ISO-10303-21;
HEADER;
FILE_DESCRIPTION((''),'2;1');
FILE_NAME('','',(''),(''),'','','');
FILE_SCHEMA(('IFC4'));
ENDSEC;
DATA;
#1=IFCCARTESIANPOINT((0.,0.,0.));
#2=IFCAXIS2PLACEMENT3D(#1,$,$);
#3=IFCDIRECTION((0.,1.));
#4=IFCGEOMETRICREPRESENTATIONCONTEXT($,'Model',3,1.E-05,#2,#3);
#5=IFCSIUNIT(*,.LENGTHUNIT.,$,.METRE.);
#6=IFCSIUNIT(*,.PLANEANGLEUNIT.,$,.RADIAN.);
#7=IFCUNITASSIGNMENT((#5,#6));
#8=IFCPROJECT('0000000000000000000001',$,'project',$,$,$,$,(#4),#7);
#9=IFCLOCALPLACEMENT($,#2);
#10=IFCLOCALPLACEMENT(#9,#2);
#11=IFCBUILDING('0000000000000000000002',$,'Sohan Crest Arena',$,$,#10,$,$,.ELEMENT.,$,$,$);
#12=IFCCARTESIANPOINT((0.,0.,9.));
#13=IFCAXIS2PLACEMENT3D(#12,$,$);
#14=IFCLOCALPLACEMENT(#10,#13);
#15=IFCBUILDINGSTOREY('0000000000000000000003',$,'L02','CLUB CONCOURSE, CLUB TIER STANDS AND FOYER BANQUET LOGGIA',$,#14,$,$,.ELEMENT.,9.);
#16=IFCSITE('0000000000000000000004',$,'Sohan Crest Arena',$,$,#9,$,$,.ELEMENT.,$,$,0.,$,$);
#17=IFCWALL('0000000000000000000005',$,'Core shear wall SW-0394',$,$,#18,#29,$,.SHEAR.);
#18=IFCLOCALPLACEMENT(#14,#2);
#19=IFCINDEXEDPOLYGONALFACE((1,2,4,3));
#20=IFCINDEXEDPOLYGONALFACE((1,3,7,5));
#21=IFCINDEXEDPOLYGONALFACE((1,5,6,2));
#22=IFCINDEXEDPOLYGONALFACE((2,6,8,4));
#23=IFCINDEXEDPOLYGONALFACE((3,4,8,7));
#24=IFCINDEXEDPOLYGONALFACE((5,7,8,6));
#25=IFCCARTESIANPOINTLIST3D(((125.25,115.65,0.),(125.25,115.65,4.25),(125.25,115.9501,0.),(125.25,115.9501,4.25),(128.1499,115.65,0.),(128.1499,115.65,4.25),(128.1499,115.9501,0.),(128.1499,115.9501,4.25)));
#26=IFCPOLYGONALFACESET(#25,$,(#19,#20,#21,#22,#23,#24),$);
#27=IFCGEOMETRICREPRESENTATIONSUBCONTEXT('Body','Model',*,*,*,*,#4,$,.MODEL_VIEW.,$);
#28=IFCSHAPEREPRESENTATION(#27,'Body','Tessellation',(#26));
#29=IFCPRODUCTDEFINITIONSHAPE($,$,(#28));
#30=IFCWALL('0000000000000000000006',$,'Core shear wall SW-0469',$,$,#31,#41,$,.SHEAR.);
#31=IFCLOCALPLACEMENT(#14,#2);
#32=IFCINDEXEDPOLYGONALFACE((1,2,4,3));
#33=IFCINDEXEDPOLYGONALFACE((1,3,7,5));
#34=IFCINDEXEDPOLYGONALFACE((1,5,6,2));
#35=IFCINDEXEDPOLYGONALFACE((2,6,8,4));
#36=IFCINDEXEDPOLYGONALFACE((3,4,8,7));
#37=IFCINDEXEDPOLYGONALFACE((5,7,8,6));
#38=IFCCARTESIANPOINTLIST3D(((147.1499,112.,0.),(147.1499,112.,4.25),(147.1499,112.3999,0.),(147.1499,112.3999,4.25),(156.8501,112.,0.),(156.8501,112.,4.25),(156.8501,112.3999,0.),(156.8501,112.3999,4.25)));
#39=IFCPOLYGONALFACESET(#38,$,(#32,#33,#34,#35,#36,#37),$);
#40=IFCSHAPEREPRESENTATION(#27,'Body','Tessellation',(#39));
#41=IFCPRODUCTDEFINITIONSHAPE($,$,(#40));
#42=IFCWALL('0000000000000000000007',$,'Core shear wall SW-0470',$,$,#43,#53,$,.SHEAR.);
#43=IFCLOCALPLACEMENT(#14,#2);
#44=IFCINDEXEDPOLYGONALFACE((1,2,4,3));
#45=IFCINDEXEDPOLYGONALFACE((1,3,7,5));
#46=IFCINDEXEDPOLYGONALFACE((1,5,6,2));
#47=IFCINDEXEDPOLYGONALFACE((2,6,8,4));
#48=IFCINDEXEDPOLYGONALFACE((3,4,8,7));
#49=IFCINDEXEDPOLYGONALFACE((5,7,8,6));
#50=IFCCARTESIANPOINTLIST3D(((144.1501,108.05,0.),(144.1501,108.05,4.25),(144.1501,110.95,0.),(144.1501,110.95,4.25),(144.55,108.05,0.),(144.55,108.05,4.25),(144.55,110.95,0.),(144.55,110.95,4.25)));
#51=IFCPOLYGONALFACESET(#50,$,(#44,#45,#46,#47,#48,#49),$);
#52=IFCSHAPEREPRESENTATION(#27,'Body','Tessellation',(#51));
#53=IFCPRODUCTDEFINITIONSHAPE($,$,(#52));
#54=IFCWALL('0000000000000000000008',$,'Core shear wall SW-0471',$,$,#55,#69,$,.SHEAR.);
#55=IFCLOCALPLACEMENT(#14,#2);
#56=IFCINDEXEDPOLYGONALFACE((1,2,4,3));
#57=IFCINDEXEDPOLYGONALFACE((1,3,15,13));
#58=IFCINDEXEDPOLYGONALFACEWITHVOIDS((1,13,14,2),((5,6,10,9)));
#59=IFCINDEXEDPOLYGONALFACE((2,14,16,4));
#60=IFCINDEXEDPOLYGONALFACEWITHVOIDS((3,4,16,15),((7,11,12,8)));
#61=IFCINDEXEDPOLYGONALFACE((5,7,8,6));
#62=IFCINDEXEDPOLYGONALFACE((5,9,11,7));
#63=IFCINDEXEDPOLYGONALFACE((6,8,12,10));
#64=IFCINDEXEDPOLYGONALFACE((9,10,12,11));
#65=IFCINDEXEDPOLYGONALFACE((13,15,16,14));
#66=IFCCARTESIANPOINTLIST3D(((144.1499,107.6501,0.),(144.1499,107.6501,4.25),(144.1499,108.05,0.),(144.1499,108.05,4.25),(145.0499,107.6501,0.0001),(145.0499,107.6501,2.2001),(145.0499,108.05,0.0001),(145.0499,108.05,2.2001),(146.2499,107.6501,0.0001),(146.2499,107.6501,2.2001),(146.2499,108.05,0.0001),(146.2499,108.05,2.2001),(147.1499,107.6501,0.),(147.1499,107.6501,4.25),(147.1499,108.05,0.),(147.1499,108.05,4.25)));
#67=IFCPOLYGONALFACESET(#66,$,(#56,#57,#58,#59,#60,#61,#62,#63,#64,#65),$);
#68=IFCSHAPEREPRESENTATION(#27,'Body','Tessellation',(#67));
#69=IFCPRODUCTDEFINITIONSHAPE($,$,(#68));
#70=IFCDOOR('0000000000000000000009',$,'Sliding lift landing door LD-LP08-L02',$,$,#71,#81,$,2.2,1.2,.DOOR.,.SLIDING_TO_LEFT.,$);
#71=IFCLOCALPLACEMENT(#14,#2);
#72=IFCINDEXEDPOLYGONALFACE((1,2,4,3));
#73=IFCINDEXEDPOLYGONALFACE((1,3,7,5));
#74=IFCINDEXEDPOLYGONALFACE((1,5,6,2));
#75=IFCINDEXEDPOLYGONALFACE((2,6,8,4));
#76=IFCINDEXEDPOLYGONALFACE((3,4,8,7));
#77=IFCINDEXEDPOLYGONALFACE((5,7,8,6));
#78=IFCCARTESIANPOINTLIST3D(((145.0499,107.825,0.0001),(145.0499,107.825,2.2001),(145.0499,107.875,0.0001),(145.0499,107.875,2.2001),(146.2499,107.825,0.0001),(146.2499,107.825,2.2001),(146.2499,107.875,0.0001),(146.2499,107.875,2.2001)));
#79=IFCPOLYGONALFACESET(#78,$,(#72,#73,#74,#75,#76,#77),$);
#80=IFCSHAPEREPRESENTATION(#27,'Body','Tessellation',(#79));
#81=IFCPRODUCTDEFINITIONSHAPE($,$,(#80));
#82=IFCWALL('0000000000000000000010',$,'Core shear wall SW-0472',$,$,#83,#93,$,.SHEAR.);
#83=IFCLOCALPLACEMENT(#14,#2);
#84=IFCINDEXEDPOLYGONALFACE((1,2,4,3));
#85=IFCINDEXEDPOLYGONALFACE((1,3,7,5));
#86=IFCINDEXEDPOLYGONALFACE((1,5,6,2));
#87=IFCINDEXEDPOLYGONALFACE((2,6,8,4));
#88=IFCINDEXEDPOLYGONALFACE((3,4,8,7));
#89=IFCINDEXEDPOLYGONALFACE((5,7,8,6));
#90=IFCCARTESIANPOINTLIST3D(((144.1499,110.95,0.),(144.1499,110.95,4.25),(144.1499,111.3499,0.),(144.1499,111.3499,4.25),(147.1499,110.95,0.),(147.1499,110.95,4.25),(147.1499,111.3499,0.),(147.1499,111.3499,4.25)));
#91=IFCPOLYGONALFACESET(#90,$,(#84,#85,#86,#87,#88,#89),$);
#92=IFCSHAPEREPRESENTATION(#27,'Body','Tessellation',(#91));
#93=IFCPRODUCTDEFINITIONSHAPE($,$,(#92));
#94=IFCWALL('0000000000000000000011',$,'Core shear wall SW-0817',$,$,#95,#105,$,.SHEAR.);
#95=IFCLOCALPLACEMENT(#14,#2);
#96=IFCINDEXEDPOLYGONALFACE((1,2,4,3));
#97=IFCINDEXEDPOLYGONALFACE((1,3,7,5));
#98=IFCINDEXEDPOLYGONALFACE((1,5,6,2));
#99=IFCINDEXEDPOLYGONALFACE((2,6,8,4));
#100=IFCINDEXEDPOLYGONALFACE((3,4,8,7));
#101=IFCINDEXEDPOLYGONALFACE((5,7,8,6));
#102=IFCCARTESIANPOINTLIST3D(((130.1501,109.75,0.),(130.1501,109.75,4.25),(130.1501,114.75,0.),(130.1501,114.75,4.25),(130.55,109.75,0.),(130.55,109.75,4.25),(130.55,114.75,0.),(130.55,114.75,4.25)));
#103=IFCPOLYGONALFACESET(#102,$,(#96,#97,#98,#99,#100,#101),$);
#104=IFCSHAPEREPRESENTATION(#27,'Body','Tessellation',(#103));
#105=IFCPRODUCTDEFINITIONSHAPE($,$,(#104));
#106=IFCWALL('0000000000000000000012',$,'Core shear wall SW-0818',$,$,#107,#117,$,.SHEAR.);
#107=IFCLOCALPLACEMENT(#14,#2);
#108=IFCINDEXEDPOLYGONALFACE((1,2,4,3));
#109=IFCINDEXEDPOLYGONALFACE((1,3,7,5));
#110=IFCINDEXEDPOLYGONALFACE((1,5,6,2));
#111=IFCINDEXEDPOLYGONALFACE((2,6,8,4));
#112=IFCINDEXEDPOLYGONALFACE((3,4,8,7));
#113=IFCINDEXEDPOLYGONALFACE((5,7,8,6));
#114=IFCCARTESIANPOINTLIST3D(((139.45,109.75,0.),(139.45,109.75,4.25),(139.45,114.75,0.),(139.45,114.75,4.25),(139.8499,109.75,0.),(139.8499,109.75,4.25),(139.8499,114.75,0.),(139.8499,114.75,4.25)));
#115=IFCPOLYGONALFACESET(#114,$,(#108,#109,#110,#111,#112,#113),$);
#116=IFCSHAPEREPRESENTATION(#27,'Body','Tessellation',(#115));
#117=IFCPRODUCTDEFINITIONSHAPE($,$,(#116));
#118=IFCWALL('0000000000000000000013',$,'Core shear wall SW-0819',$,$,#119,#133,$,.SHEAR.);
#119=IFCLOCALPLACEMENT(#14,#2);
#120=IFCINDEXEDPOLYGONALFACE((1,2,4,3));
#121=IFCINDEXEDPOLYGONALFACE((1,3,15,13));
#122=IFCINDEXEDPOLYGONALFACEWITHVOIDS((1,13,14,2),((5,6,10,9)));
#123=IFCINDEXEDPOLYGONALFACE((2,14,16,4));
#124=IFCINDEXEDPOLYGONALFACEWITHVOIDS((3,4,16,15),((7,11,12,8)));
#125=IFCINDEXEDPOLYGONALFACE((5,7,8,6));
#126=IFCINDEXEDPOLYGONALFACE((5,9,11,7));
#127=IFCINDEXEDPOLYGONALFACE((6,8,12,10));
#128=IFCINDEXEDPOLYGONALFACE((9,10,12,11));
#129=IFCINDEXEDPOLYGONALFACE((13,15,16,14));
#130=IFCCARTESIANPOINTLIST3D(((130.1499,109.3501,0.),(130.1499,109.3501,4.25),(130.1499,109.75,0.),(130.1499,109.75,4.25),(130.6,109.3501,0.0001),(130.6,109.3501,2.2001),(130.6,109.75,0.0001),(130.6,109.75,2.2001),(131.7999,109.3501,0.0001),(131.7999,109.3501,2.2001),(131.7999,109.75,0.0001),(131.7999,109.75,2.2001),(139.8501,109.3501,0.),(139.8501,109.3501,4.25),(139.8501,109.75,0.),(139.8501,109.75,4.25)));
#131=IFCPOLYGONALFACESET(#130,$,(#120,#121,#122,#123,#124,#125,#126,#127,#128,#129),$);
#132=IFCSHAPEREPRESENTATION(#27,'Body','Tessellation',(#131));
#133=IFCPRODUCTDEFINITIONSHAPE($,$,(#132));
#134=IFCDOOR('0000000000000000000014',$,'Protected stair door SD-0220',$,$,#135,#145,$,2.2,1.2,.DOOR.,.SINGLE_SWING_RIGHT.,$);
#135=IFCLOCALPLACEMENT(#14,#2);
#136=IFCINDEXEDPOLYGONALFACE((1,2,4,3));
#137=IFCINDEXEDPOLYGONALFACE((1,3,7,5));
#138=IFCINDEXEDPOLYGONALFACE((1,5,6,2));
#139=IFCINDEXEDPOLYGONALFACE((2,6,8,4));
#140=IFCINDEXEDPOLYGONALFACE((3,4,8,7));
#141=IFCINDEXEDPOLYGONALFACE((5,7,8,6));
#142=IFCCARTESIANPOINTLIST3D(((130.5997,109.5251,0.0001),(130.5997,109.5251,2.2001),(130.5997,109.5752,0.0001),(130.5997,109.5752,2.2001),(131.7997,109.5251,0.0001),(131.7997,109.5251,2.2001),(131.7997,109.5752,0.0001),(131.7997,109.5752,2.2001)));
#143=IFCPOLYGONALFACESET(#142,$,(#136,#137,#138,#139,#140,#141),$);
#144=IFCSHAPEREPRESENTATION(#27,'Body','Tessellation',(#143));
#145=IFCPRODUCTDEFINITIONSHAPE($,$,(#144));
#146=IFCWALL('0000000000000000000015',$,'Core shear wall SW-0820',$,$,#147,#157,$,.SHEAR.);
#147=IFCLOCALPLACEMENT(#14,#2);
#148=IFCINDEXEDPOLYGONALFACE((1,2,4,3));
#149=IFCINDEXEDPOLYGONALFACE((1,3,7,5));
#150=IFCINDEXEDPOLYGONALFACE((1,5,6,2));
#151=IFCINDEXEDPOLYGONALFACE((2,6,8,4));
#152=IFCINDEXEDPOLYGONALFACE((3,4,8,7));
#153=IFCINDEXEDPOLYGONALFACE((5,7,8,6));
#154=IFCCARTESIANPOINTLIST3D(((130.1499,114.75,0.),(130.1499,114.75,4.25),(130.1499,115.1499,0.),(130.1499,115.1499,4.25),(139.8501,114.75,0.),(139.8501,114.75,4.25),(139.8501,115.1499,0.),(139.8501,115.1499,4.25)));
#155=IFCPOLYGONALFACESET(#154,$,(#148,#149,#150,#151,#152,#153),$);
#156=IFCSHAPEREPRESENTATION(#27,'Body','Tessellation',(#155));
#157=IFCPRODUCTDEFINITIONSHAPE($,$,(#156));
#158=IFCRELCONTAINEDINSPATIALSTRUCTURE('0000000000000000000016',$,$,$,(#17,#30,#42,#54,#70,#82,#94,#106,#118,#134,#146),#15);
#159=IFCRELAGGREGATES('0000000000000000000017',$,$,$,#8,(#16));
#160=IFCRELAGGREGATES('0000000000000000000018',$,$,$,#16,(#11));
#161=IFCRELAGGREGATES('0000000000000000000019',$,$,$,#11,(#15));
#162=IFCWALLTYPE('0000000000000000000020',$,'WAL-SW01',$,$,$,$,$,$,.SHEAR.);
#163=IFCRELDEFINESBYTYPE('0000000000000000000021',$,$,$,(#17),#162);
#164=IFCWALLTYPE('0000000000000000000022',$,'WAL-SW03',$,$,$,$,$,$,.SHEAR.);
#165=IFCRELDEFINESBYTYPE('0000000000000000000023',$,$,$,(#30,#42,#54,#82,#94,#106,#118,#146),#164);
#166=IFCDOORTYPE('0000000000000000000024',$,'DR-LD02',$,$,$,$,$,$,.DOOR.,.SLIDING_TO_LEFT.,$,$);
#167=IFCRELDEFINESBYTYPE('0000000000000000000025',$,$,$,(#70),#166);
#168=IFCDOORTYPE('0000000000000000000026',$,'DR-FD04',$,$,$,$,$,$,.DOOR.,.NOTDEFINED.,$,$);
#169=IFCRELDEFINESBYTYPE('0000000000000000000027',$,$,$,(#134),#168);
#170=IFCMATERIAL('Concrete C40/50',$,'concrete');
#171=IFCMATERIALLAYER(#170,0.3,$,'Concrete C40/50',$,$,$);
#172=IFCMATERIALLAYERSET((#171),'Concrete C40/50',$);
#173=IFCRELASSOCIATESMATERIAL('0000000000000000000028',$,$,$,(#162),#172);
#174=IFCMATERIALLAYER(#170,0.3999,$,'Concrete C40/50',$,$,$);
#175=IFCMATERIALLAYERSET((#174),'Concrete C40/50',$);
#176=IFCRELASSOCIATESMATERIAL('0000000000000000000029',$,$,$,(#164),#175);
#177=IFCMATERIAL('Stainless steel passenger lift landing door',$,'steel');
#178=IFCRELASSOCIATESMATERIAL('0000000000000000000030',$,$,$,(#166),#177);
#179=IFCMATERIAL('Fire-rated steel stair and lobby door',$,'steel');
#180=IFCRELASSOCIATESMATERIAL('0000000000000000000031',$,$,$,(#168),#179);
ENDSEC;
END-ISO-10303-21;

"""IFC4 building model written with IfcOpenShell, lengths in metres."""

from ifc_helpers import new_model, si_unit, direction, frame, frame_2d, origin, place, context, subcontext, project, spatial, rectangle, extrude, material, layer, layer_set, type_object, element, fill, save


model = new_model("IFC4")

# Units and contexts
model_context = context("Model", 3, precision=1e-05, world=origin(), true_north=direction((0.0, 1.0)))
body_context = subcontext(model_context, "Body", "Model", "MODEL_VIEW")
ifc_project = project(units=[si_unit("LENGTHUNIT", "METRE"), si_unit("PLANEANGLEUNIT", "RADIAN")], contexts=[model_context])

# Site, building, storey
site_placement = place(None, origin())
site = spatial("IfcSite", under=ifc_project, at=site_placement, Name="Sohan Crest Arena", CompositionType="ELEMENT", RefElevation=0.0)
building_placement = place(site_placement, origin())
building = spatial("IfcBuilding", under=site, at=building_placement, Name="Sohan Crest Arena", CompositionType="ELEMENT")
storey_placement = place(building_placement, frame((0.0, 0.0, 9.0)))
storey = spatial("IfcBuildingStorey", under=building, at=storey_placement, Name="L02", Description="CLUB CONCOURSE, CLUB TIER STANDS AND FOYER BANQUET LOGGIA", CompositionType="ELEMENT", Elevation=9.0)

# Walls
ifc_material_1 = material(Name="Concrete C40/50", Category="concrete")
ifc_layer_1 = layer(ifc_material_1, 0.3, Name="Concrete C40/50")
ifc_layer_set_1 = layer_set([ifc_layer_1], Name="Concrete C40/50")
wall_type_1 = type_object("IfcWallType", Name="WAL-SW01", PredefinedType="SHEAR", material=ifc_layer_set_1)
for number, where, z_axis, x_axis, name in (
    (1, (125.25, 115.8, 0.0), (0.0, 0.0, 1.0), (1.0, 0.0, 0.0), "Core shear wall SW-0394"),
):
    element("IfcWall", number, at=place(storey_placement, frame(where, z_axis=z_axis, x_axis=x_axis)), inside=storey, type_object=wall_type_1, Name=name, PredefinedType="SHEAR", context=body_context, shape_type="SweptSolid", body=[
        extrude(rectangle(XDim=2.8999, YDim=0.3, at=frame_2d((1.45, 0.0))), origin(), (0.0, 0.0, 1.0), 4.25),
    ])
ifc_layer_2 = layer(ifc_material_1, 0.3999, Name="Concrete C40/50")
ifc_layer_set_2 = layer_set([ifc_layer_2], Name="Concrete C40/50")
wall_type_2 = type_object("IfcWallType", Name="WAL-SW03", PredefinedType="SHEAR", material=ifc_layer_set_2)
wall_1_placement = place(storey_placement, frame((147.1499, 112.2, 0.0), z_axis=(0.0, 0.0, 1.0), x_axis=(1.0, 0.0, 0.0)))
element("IfcWall", 2, at=wall_1_placement, inside=storey, type_object=wall_type_2, Name="Core shear wall SW-0469", PredefinedType="SHEAR", context=body_context, shape_type="SweptSolid", body=[
    extrude(rectangle(XDim=9.7002, YDim=0.3999, at=frame_2d((4.8501, 0.0))), origin(), (0.0, 0.0, 1.0), 4.25),
])
wall_2_placement = place(storey_placement, frame((144.3501, 108.05, 0.0), z_axis=(0.0, 0.0, 1.0), x_axis=(0.0, 1.0, 0.0)))
element("IfcWall", 3, at=wall_2_placement, inside=storey, type_object=wall_type_2, Name="Core shear wall SW-0470", PredefinedType="SHEAR", context=body_context, shape_type="SweptSolid", body=[
    extrude(rectangle(XDim=2.8999, YDim=0.3999, at=frame_2d((1.45, 0.0))), origin(), (0.0, 0.0, 1.0), 4.25),
])

# Wall, opening, door
wall_3_placement = place(storey_placement, frame((144.1499, 107.8501, 0.0), z_axis=(0.0, 0.0, 1.0), x_axis=(1.0, 0.0, 0.0)))
wall_3 = element("IfcWall", 4, at=wall_3_placement, inside=storey, type_object=wall_type_2, Name="Core shear wall SW-0471", PredefinedType="SHEAR", context=body_context, shape_type="SweptSolid", body=[
    extrude(rectangle(XDim=3.0, YDim=0.3999, at=frame_2d((1.5, 0.0))), origin(), (0.0, 0.0, 1.0), 4.25),
])
opening_1_placement = place(wall_3_placement, frame((0.8999, 0.0, 0.0)))
opening_1 = element("IfcOpeningElement", 5, at=opening_1_placement, cuts=wall_3, PredefinedType="OPENING", context=body_context, shape_type="SweptSolid", body=[
    extrude(rectangle(XDim=1.2, YDim=2.2, at=frame_2d((0.6001, 1.1001))), frame((0.0, 0.21, 0.0), z_axis=(0.0, -1.0, 0.0), x_axis=(1.0, 0.0, 0.0)), (0.0, 0.0, 1.0), 0.4199),
])
ifc_material_2 = material(Name="Stainless steel passenger lift landing door", Category="steel")
door_type_1 = type_object("IfcDoorType", Name="DR-LD02", OperationType="SLIDING_TO_LEFT", PredefinedType="DOOR", material=ifc_material_2)
door_1_placement = place(opening_1_placement, origin())
door_1 = element("IfcDoor", 6, at=door_1_placement, inside=storey, type_object=door_type_1, Name="Sliding lift landing door LD-LP08-L02", OperationType="SLIDING_TO_LEFT", OverallHeight=2.2, OverallWidth=1.2, PredefinedType="DOOR", context=body_context, shape_type="SweptSolid", body=[
    extrude(rectangle(XDim=1.2, YDim=2.2, at=frame_2d((0.6001, 1.1001))), frame((0.0, 0.0249, 0.0), z_axis=(0.0, -1.0, 0.0), x_axis=(1.0, 0.0, 0.0)), (0.0, 0.0, 1.0), 0.05),
])
fill(opening_1, door_1)

# Walls
wall_4_placement = place(storey_placement, frame((144.1499, 111.1499, 0.0), z_axis=(0.0, 0.0, 1.0), x_axis=(1.0, 0.0, 0.0)))
element("IfcWall", 7, at=wall_4_placement, inside=storey, type_object=wall_type_2, Name="Core shear wall SW-0472", PredefinedType="SHEAR", context=body_context, shape_type="SweptSolid", body=[
    extrude(rectangle(XDim=3.0, YDim=0.3999, at=frame_2d((1.5, 0.0))), origin(), (0.0, 0.0, 1.0), 4.25),
])
for number, where, z_axis, x_axis, name in (
    (8, (130.3501, 109.75, 0.0), (0.0, 0.0, 1.0), (0.0, 1.0, 0.0), "Core shear wall SW-0817"),
    (9, (139.6499, 109.75, 0.0), (0.0, 0.0, 1.0), (0.0, 1.0, 0.0), "Core shear wall SW-0818"),
):
    element("IfcWall", number, at=place(storey_placement, frame(where, z_axis=z_axis, x_axis=x_axis)), inside=storey, type_object=wall_type_2, Name=name, PredefinedType="SHEAR", context=body_context, shape_type="SweptSolid", body=[
        extrude(rectangle(XDim=5.0, YDim=0.3999, at=frame_2d((2.5, 0.0))), origin(), (0.0, 0.0, 1.0), 4.25),
    ])

# Wall, opening, door
wall_5_placement = place(storey_placement, frame((130.1499, 109.55, 0.0), z_axis=(0.0, 0.0, 1.0), x_axis=(1.0, 0.0, 0.0)))
wall_5 = element("IfcWall", 10, at=wall_5_placement, inside=storey, type_object=wall_type_2, Name="Core shear wall SW-0819", PredefinedType="SHEAR", context=body_context, shape_type="SweptSolid", body=[
    extrude(rectangle(XDim=9.7002, YDim=0.3999, at=frame_2d((4.8501, 0.0))), origin(), (0.0, 0.0, 1.0), 4.25),
])
opening_2_placement = place(wall_5_placement, frame((0.45, 0.0, 0.0)))
opening_2 = element("IfcOpeningElement", 11, at=opening_2_placement, cuts=wall_5, PredefinedType="OPENING", context=body_context, shape_type="SweptSolid", body=[
    extrude(rectangle(XDim=1.2, YDim=2.2, at=frame_2d((0.6001, 1.1001))), frame((0.0, 0.21, 0.0), z_axis=(0.0, -1.0, 0.0), x_axis=(1.0, 0.0, 0.0)), (0.0, 0.0, 1.0), 0.4199),
])
ifc_material_3 = material(Name="Fire-rated steel stair and lobby door", Category="steel")
door_type_2 = type_object("IfcDoorType", Name="DR-FD04", OperationType="NOTDEFINED", PredefinedType="DOOR", material=ifc_material_3)
door_2_placement = place(opening_2_placement, frame((1.2, 0.0, 0.0), z_axis=(0.0, 0.0, 1.0), x_axis=(-1.0, 0.0, 0.0)))
door_2 = element("IfcDoor", 12, at=door_2_placement, inside=storey, type_object=door_type_2, Name="Protected stair door SD-0220", OperationType="SINGLE_SWING_RIGHT", OverallHeight=2.2, OverallWidth=1.2, PredefinedType="DOOR", context=body_context, shape_type="SweptSolid", body=[
    extrude(rectangle(XDim=1.2, YDim=2.2, at=frame_2d((0.6001, 1.1001))), frame((0.0, 0.0249, 0.0), z_axis=(0.0, -1.0, 0.0), x_axis=(1.0, 0.0, 0.0)), (0.0, 0.0, 1.0), 0.05),
])
fill(opening_2, door_2)

# Wall
wall_6_placement = place(storey_placement, frame((130.1499, 114.95, 0.0), z_axis=(0.0, 0.0, 1.0), x_axis=(1.0, 0.0, 0.0)))
element("IfcWall", 13, at=wall_6_placement, inside=storey, type_object=wall_type_2, Name="Core shear wall SW-0820", PredefinedType="SHEAR", context=body_context, shape_type="SweptSolid", body=[
    extrude(rectangle(XDim=9.7002, YDim=0.3999, at=frame_2d((4.8501, 0.0))), origin(), (0.0, 0.0, 1.0), 4.25),
])

save(model, "model.ifc")
